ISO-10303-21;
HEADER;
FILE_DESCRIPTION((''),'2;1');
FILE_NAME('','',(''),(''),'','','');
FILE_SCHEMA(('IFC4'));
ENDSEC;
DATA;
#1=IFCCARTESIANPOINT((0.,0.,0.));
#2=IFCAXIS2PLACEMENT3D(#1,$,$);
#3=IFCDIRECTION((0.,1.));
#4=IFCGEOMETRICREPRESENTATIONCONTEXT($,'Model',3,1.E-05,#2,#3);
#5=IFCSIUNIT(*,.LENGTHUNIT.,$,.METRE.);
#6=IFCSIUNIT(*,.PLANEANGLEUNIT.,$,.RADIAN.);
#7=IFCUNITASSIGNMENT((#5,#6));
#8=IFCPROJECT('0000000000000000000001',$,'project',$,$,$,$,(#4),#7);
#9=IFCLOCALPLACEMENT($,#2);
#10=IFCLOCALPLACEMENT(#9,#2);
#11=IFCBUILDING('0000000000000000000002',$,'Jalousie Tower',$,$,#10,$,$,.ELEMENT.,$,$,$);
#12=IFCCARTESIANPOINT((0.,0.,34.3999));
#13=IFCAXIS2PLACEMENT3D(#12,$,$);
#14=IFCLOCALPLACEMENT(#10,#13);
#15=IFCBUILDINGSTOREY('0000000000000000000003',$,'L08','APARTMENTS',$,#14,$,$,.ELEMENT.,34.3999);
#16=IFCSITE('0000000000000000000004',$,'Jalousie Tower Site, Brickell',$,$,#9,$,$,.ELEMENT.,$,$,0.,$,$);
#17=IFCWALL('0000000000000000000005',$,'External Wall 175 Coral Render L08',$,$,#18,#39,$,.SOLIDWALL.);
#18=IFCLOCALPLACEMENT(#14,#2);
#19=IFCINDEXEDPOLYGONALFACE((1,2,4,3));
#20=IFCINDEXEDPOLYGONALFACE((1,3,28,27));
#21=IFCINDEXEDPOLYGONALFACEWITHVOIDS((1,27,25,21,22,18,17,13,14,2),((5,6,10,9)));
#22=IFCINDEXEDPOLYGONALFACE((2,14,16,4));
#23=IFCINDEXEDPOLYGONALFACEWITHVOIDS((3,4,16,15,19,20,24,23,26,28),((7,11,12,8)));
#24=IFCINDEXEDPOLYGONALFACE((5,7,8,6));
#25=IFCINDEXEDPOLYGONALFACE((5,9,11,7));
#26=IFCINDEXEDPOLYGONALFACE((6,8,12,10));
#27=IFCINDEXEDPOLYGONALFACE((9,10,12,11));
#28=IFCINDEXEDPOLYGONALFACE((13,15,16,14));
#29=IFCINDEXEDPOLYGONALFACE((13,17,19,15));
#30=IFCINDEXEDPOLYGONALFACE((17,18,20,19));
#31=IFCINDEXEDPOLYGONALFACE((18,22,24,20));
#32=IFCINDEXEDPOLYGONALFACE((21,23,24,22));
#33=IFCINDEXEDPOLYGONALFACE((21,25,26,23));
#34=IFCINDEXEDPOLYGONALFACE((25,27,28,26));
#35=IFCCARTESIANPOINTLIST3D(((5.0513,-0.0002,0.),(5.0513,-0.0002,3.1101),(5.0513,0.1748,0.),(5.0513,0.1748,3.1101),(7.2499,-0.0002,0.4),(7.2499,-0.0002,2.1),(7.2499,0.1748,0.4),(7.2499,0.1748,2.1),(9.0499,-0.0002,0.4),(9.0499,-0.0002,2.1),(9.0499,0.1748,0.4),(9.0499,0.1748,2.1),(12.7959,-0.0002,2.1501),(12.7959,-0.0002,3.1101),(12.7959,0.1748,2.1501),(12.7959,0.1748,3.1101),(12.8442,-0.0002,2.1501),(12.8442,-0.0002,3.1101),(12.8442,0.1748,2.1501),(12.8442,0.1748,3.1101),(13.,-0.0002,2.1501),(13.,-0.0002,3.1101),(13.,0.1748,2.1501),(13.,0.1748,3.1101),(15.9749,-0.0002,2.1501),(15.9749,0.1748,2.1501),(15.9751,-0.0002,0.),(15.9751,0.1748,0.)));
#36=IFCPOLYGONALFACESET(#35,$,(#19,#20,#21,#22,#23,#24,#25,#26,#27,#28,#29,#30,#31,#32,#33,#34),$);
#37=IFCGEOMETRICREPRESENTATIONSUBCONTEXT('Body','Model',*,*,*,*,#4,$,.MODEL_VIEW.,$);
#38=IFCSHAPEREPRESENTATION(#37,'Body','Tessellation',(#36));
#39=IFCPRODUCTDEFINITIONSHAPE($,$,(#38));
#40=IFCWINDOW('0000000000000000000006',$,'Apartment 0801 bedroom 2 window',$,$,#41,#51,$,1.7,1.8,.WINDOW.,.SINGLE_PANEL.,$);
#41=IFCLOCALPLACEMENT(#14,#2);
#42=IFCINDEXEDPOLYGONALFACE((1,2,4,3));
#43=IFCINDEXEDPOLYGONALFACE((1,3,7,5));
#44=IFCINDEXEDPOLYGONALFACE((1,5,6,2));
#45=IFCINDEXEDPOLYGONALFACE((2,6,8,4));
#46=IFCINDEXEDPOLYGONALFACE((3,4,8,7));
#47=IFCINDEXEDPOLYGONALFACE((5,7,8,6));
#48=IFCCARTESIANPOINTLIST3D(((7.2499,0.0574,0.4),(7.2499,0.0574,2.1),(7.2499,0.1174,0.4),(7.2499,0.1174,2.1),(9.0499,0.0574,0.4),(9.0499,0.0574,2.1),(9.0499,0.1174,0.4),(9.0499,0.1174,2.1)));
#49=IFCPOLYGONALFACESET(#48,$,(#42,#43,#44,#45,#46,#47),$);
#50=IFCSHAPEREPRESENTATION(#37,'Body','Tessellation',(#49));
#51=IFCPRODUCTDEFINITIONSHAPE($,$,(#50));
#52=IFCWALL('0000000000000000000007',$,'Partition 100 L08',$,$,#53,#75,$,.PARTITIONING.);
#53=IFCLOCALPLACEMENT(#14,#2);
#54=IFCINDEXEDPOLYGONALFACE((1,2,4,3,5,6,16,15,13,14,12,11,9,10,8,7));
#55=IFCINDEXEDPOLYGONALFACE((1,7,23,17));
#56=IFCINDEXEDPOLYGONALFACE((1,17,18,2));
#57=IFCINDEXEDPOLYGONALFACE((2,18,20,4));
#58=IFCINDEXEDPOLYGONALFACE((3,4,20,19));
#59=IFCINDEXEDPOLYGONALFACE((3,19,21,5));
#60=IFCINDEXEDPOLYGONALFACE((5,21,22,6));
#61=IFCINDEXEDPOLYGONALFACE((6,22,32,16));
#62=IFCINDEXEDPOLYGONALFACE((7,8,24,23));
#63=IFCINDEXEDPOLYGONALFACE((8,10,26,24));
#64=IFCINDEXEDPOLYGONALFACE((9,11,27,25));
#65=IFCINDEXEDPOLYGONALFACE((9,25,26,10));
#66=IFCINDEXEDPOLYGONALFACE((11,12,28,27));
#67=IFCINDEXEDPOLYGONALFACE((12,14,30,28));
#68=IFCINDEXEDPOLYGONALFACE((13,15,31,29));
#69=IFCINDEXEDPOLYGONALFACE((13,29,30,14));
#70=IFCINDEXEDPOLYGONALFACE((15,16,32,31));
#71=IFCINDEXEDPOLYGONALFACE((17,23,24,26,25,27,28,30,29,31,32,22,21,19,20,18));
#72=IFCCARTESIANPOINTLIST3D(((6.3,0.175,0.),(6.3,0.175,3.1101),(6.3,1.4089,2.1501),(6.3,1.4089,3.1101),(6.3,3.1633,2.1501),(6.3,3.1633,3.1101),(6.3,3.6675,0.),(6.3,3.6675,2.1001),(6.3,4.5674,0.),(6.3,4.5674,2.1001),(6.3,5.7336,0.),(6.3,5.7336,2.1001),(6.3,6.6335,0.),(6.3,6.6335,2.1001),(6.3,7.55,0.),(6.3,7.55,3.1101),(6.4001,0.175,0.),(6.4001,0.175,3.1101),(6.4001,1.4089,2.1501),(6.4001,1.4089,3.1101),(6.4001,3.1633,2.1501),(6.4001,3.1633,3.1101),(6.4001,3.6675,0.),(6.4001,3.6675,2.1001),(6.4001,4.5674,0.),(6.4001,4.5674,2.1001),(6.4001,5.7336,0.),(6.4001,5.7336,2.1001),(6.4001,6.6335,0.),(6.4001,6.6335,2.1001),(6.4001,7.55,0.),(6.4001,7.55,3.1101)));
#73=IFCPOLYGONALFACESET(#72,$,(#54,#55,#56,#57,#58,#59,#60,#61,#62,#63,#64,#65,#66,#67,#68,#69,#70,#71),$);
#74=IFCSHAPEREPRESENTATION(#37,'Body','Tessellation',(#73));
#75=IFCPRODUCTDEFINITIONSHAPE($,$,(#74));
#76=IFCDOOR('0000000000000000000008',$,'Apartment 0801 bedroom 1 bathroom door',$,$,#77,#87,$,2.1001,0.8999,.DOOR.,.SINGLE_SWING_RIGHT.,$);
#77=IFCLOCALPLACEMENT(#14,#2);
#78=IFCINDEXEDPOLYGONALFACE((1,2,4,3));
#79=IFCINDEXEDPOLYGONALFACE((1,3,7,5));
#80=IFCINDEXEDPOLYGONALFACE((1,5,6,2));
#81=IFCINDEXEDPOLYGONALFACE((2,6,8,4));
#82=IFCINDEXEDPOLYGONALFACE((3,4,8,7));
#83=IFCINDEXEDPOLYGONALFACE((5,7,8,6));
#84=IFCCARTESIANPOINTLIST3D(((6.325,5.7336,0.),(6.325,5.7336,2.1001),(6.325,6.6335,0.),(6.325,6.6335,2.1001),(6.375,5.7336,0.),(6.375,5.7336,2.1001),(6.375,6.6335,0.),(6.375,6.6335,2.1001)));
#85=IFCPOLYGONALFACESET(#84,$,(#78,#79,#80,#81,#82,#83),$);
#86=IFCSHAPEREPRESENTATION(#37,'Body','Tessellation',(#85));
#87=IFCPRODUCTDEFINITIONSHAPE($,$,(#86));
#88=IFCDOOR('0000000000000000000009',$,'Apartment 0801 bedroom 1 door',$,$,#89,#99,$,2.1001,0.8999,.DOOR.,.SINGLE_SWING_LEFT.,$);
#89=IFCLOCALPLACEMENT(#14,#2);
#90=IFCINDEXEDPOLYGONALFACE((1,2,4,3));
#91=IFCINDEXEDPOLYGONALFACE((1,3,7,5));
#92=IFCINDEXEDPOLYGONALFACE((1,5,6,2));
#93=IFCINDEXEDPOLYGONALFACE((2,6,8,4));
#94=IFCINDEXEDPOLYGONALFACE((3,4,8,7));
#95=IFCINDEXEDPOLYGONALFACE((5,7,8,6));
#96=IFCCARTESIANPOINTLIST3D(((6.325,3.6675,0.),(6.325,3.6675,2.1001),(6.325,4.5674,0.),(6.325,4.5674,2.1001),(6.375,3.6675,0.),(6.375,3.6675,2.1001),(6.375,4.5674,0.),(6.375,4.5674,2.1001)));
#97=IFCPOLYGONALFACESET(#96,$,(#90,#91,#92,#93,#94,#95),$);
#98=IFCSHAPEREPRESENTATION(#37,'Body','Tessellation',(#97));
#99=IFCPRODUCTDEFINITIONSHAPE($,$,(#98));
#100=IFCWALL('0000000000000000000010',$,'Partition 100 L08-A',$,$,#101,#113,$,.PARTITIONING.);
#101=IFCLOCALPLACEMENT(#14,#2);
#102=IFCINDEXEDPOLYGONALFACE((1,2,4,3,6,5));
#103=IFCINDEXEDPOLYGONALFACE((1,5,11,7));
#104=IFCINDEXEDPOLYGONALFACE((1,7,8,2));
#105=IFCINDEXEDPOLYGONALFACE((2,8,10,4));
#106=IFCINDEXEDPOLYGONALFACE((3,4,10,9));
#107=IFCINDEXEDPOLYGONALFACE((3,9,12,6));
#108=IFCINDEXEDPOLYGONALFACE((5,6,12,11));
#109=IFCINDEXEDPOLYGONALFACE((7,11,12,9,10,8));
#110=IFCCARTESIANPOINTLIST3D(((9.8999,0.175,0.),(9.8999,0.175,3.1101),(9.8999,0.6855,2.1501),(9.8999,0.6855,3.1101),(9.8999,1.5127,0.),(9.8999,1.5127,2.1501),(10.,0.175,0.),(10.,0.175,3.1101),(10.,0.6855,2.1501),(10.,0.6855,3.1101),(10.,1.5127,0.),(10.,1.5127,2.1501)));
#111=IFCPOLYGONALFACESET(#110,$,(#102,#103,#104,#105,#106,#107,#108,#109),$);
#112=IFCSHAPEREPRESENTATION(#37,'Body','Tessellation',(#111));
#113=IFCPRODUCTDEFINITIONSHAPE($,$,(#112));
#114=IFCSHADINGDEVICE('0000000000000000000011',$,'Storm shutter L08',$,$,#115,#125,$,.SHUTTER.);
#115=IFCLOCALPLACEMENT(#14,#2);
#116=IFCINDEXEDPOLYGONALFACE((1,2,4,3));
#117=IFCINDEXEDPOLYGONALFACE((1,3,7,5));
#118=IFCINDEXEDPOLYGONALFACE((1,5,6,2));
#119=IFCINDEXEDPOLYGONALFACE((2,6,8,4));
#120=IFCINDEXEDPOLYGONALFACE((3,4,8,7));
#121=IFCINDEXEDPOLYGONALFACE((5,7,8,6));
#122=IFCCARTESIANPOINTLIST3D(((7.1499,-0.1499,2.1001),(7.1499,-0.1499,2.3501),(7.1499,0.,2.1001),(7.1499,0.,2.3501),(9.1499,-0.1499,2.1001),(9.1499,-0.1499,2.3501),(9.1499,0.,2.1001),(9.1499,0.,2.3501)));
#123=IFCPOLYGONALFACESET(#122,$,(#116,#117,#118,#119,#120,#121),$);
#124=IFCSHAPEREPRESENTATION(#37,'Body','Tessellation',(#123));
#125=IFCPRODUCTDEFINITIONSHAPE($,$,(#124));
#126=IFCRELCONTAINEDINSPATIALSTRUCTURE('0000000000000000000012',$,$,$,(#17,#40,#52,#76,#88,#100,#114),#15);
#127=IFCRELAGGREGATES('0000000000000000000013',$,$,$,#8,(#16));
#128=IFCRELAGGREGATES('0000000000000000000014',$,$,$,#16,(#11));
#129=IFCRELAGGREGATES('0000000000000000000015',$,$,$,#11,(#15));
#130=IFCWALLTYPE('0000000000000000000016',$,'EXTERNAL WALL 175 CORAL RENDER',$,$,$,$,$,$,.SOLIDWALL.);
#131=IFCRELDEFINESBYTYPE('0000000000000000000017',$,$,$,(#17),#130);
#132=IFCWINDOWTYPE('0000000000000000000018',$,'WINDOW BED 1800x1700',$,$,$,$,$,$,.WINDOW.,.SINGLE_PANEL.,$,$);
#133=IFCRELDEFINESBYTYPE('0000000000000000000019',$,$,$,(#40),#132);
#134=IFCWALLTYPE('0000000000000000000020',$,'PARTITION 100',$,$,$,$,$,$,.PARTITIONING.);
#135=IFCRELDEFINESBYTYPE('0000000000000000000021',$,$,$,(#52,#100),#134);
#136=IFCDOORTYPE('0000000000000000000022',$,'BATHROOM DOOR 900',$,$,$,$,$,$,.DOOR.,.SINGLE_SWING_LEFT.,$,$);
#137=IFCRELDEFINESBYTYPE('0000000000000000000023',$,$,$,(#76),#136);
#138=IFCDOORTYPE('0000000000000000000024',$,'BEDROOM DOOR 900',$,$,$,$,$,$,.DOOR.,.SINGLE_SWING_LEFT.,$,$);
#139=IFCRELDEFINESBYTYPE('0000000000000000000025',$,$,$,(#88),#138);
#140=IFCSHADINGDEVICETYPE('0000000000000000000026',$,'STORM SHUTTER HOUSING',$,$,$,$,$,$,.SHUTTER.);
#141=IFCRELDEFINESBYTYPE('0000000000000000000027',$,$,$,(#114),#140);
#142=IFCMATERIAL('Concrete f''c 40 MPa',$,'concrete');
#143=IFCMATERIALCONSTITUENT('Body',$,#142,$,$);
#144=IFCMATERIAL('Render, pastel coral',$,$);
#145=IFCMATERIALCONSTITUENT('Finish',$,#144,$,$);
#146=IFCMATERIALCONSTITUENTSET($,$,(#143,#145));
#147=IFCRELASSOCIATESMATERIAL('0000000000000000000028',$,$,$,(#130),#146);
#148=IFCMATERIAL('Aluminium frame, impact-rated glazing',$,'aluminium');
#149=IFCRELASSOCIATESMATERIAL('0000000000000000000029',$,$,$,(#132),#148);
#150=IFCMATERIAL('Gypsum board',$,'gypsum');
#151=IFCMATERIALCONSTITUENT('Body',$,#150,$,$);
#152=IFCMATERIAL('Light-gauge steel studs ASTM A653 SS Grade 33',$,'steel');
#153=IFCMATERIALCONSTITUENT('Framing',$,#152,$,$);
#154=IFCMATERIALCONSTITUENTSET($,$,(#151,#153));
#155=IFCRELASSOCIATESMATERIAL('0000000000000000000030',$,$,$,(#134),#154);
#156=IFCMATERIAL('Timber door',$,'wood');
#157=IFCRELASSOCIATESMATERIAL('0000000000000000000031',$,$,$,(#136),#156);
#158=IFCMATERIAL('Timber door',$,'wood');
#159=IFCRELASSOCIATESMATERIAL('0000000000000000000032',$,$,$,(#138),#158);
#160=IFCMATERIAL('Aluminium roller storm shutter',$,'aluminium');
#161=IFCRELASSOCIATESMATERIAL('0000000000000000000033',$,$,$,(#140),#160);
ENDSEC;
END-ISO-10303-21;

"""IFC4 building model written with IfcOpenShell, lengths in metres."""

from ifc_helpers import new_model, si_unit, direction, frame, frame_2d, origin, origin_2d, place, context, subcontext, project, spatial, polyline, rectangle, outline, extrude, material, constituent, constituent_set, type_object, element, fill, save


model = new_model("IFC4")

# Units and contexts
model_context = context("Model", 3, precision=1e-05, world=origin(), true_north=direction((0.0, 1.0)))
body_context = subcontext(model_context, "Body", "Model", "MODEL_VIEW")
ifc_project = project(units=[si_unit("LENGTHUNIT", "METRE"), si_unit("PLANEANGLEUNIT", "RADIAN")], contexts=[model_context])

# Site, building, storey
site_placement = place(None, origin())
site = spatial("IfcSite", under=ifc_project, at=site_placement, Name="Jalousie Tower Site, Brickell", CompositionType="ELEMENT", RefElevation=0.0)
building_placement = place(site_placement, origin())
building = spatial("IfcBuilding", under=site, at=building_placement, Name="Jalousie Tower", CompositionType="ELEMENT")
storey_placement = place(building_placement, frame((0.0, 0.0, 34.3999)))
storey = spatial("IfcBuildingStorey", under=building, at=storey_placement, Name="L08", Description="APARTMENTS", CompositionType="ELEMENT", Elevation=34.3999)

# Wall, opening, window
ifc_material_1 = material(Name="Concrete f'c 40 MPa", Category="concrete")
ifc_constituent_1 = constituent(ifc_material_1, Name="Body")
ifc_material_2 = material(Name="Render, pastel coral")
ifc_constituent_2 = constituent(ifc_material_2, Name="Finish")
ifc_constituent_set_1 = constituent_set(constituents=[ifc_constituent_1, ifc_constituent_2])
wall_type_1 = type_object("IfcWallType", Name="EXTERNAL WALL 175 CORAL RENDER", PredefinedType="SOLIDWALL", material=ifc_constituent_set_1)
wall_1_placement = place(storey_placement, frame((5.0513, 0.0874, 0.0), z_axis=(0.0, 0.0, 1.0), x_axis=(1.0, 0.0, 0.0)))
wall_1 = element("IfcWall", 1, at=wall_1_placement, inside=storey, type_object=wall_type_1, Name="External Wall 175 Coral Render L08", PredefinedType="SOLIDWALL", context=body_context, shape_type="SweptSolid", body=[
    extrude(outline(polyline([(0.0, 0.0), (10.9238, 0.0), (10.9236, 2.1501), (7.9487, 2.1501), (7.9487, 3.1101), (7.793, 3.1101), (7.793, 2.1501), (7.7446, 2.1501), (7.7446, 3.1101), (0.0, 3.1101), (0.0, 0.0)])), frame((0.0, 0.0874, 0.0), z_axis=(0.0, -1.0, 0.0), x_axis=(1.0, 0.0, 0.0)), (0.0, 0.0, 1.0), 0.175),
])
opening_1_placement = place(wall_1_placement, frame((2.1987, 0.0, 0.3999)))
opening_1 = element("IfcOpeningElement", 2, at=opening_1_placement, cuts=wall_1, PredefinedType="OPENING", context=body_context, shape_type="SweptSolid", body=[
    extrude(rectangle(XDim=1.8, YDim=1.7, at=frame_2d((0.8999, 0.8501))), frame((0.0, 0.0974, 0.0), z_axis=(0.0, -1.0, 0.0), x_axis=(1.0, 0.0, 0.0)), (0.0, 0.0, 1.0), 0.1951),
])
ifc_material_3 = material(Name="Aluminium frame, impact-rated glazing", Category="aluminium")
window_type = type_object("IfcWindowType", Name="WINDOW BED 1800x1700", PartitioningType="SINGLE_PANEL", PredefinedType="WINDOW", material=ifc_material_3)
window_placement = place(opening_1_placement, origin())
window = element("IfcWindow", 3, at=window_placement, inside=storey, type_object=window_type, Name="Apartment 0801 bedroom 2 window", OverallHeight=1.7, OverallWidth=1.8, PartitioningType="SINGLE_PANEL", PredefinedType="WINDOW", context=body_context, shape_type="SweptSolid", body=[
    extrude(rectangle(XDim=1.8, YDim=1.7, at=frame_2d((0.8999, 0.8501))), frame((0.0, 0.03, 0.0), z_axis=(0.0, -1.0, 0.0), x_axis=(1.0, 0.0, 0.0)), (0.0, 0.0, 1.0), 0.0601),
])
fill(opening_1, window)

# Wall, openings, doors
ifc_material_4 = material(Name="Gypsum board", Category="gypsum")
ifc_constituent_3 = constituent(ifc_material_4, Name="Body")
ifc_material_5 = material(Name="Light-gauge steel studs ASTM A653 SS Grade 33", Category="steel")
ifc_constituent_4 = constituent(ifc_material_5, Name="Framing")
ifc_constituent_set_2 = constituent_set(constituents=[ifc_constituent_3, ifc_constituent_4])
wall_type_2 = type_object("IfcWallType", Name="PARTITION 100", PredefinedType="PARTITIONING", material=ifc_constituent_set_2)
wall_2_placement = place(storey_placement, frame((6.3501, 0.175, 0.0), z_axis=(0.0, 0.0, 1.0), x_axis=(0.0, 1.0, 0.0)))
wall_2 = element("IfcWall", 4, at=wall_2_placement, inside=storey, type_object=wall_type_2, Name="Partition 100 L08", PredefinedType="PARTITIONING", context=body_context, shape_type="SweptSolid", body=[
    extrude(outline(polyline([(0.0, 0.0), (7.375, 0.0), (7.375, 3.1101), (2.9883, 3.1101), (2.9883, 2.1501), (1.2339, 2.1501), (1.2339, 3.1101), (0.0, 3.1101), (0.0, 0.0)])), frame((0.0, 0.05, 0.0), z_axis=(0.0, -1.0, 0.0), x_axis=(1.0, 0.0, 0.0)), (0.0, 0.0, 1.0), 0.1001),
])
opening_2_placement = place(wall_2_placement, frame((3.4924, 0.0, 0.0)))
opening_2 = element("IfcOpeningElement", 5, at=opening_2_placement, cuts=wall_2, PredefinedType="OPENING", context=body_context, shape_type="SweptSolid", body=[
    extrude(rectangle(XDim=0.8999, YDim=2.1001, at=frame_2d((0.45, 1.05))), frame((0.0, 0.0601, 0.0), z_axis=(0.0, -1.0, 0.0), x_axis=(1.0, 0.0, 0.0)), (0.0, 0.0, 1.0), 0.1201),
])
opening_3_placement = place(wall_2_placement, frame((5.5586, 0.0, 0.0)))
opening_3 = element("IfcOpeningElement", 6, at=opening_3_placement, cuts=wall_2, PredefinedType="OPENING", context=body_context, shape_type="SweptSolid", body=[
    extrude(rectangle(XDim=0.8999, YDim=2.1001, at=frame_2d((0.45, 1.05))), frame((0.0, 0.0601, 0.0), z_axis=(0.0, -1.0, 0.0), x_axis=(1.0, 0.0, 0.0)), (0.0, 0.0, 1.0), 0.1201),
])
ifc_material_6 = material(Name="Timber door", Category="wood")
door_type_1 = type_object("IfcDoorType", Name="BATHROOM DOOR 900", OperationType="SINGLE_SWING_LEFT", PredefinedType="DOOR", material=ifc_material_6)
door_1_placement = place(opening_3_placement, frame((0.8999, 0.0, 0.0), z_axis=(0.0, 0.0, 1.0), x_axis=(-1.0, 0.0, 0.0)))
door_1 = element("IfcDoor", 7, at=door_1_placement, inside=storey, type_object=door_type_1, Name="Apartment 0801 bedroom 1 bathroom door", OperationType="SINGLE_SWING_RIGHT", OverallHeight=2.1001, OverallWidth=0.8999, PredefinedType="DOOR", context=body_context, shape_type="SweptSolid", body=[
    extrude(rectangle(XDim=0.8999, YDim=2.1001, at=frame_2d((0.45, 1.05))), frame((0.0, 0.0249, 0.0), z_axis=(0.0, -1.0, 0.0), x_axis=(1.0, 0.0, 0.0)), (0.0, 0.0, 1.0), 0.05),
])
fill(opening_3, door_1)
ifc_material_7 = material(Name="Timber door", Category="wood")
door_type_2 = type_object("IfcDoorType", Name="BEDROOM DOOR 900", OperationType="SINGLE_SWING_LEFT", PredefinedType="DOOR", material=ifc_material_7)
door_2_placement = place(opening_2_placement, frame((0.8999, 0.0, 0.0), z_axis=(0.0, 0.0, 1.0), x_axis=(-1.0, 0.0, 0.0)))
door_2 = element("IfcDoor", 8, at=door_2_placement, inside=storey, type_object=door_type_2, Name="Apartment 0801 bedroom 1 door", OperationType="SINGLE_SWING_LEFT", OverallHeight=2.1001, OverallWidth=0.8999, PredefinedType="DOOR", context=body_context, shape_type="SweptSolid", body=[
    extrude(rectangle(XDim=0.8999, YDim=2.1001, at=frame_2d((0.45, 1.05))), frame((0.0, 0.0249, 0.0), z_axis=(0.0, -1.0, 0.0), x_axis=(1.0, 0.0, 0.0)), (0.0, 0.0, 1.0), 0.05),
])
fill(opening_2, door_2)

# Wall
wall_3_placement = place(storey_placement, frame((9.95, 0.175, 0.0), z_axis=(0.0, 0.0, 1.0), x_axis=(0.0, 1.0, 0.0)))
element("IfcWall", 9, at=wall_3_placement, inside=storey, type_object=wall_type_2, Name="Partition 100 L08-A", PredefinedType="PARTITIONING", context=body_context, shape_type="SweptSolid", body=[
    extrude(outline(polyline([(0.0, 0.0), (1.3376, 0.0), (1.3376, 2.1501), (0.5105, 2.1501), (0.5105, 3.1101), (0.0, 3.1101), (0.0, 0.0)])), frame((0.0, 0.05, 0.0), z_axis=(0.0, -1.0, 0.0), x_axis=(1.0, 0.0, 0.0)), (0.0, 0.0, 1.0), 0.1001),
])

# Shading device
ifc_material_8 = material(Name="Aluminium roller storm shutter", Category="aluminium")
shading_device_type = type_object("IfcShadingDeviceType", Name="STORM SHUTTER HOUSING", PredefinedType="SHUTTER", material=ifc_material_8)
shading_device_placement = place(storey_placement, frame((8.1499, -0.075, 2.1001), z_axis=(0.0, 0.0, 1.0), x_axis=(1.0, 0.0, 0.0)))
element("IfcShadingDevice", 10, at=shading_device_placement, inside=storey, type_object=shading_device_type, Name="Storm shutter L08", PredefinedType="SHUTTER", context=body_context, shape_type="SweptSolid", body=[
    extrude(rectangle(XDim=2.0, YDim=0.1499, at=origin_2d()), origin(), (0.0, 0.0, 1.0), 0.25),
])

save(model, "model.ifc")
